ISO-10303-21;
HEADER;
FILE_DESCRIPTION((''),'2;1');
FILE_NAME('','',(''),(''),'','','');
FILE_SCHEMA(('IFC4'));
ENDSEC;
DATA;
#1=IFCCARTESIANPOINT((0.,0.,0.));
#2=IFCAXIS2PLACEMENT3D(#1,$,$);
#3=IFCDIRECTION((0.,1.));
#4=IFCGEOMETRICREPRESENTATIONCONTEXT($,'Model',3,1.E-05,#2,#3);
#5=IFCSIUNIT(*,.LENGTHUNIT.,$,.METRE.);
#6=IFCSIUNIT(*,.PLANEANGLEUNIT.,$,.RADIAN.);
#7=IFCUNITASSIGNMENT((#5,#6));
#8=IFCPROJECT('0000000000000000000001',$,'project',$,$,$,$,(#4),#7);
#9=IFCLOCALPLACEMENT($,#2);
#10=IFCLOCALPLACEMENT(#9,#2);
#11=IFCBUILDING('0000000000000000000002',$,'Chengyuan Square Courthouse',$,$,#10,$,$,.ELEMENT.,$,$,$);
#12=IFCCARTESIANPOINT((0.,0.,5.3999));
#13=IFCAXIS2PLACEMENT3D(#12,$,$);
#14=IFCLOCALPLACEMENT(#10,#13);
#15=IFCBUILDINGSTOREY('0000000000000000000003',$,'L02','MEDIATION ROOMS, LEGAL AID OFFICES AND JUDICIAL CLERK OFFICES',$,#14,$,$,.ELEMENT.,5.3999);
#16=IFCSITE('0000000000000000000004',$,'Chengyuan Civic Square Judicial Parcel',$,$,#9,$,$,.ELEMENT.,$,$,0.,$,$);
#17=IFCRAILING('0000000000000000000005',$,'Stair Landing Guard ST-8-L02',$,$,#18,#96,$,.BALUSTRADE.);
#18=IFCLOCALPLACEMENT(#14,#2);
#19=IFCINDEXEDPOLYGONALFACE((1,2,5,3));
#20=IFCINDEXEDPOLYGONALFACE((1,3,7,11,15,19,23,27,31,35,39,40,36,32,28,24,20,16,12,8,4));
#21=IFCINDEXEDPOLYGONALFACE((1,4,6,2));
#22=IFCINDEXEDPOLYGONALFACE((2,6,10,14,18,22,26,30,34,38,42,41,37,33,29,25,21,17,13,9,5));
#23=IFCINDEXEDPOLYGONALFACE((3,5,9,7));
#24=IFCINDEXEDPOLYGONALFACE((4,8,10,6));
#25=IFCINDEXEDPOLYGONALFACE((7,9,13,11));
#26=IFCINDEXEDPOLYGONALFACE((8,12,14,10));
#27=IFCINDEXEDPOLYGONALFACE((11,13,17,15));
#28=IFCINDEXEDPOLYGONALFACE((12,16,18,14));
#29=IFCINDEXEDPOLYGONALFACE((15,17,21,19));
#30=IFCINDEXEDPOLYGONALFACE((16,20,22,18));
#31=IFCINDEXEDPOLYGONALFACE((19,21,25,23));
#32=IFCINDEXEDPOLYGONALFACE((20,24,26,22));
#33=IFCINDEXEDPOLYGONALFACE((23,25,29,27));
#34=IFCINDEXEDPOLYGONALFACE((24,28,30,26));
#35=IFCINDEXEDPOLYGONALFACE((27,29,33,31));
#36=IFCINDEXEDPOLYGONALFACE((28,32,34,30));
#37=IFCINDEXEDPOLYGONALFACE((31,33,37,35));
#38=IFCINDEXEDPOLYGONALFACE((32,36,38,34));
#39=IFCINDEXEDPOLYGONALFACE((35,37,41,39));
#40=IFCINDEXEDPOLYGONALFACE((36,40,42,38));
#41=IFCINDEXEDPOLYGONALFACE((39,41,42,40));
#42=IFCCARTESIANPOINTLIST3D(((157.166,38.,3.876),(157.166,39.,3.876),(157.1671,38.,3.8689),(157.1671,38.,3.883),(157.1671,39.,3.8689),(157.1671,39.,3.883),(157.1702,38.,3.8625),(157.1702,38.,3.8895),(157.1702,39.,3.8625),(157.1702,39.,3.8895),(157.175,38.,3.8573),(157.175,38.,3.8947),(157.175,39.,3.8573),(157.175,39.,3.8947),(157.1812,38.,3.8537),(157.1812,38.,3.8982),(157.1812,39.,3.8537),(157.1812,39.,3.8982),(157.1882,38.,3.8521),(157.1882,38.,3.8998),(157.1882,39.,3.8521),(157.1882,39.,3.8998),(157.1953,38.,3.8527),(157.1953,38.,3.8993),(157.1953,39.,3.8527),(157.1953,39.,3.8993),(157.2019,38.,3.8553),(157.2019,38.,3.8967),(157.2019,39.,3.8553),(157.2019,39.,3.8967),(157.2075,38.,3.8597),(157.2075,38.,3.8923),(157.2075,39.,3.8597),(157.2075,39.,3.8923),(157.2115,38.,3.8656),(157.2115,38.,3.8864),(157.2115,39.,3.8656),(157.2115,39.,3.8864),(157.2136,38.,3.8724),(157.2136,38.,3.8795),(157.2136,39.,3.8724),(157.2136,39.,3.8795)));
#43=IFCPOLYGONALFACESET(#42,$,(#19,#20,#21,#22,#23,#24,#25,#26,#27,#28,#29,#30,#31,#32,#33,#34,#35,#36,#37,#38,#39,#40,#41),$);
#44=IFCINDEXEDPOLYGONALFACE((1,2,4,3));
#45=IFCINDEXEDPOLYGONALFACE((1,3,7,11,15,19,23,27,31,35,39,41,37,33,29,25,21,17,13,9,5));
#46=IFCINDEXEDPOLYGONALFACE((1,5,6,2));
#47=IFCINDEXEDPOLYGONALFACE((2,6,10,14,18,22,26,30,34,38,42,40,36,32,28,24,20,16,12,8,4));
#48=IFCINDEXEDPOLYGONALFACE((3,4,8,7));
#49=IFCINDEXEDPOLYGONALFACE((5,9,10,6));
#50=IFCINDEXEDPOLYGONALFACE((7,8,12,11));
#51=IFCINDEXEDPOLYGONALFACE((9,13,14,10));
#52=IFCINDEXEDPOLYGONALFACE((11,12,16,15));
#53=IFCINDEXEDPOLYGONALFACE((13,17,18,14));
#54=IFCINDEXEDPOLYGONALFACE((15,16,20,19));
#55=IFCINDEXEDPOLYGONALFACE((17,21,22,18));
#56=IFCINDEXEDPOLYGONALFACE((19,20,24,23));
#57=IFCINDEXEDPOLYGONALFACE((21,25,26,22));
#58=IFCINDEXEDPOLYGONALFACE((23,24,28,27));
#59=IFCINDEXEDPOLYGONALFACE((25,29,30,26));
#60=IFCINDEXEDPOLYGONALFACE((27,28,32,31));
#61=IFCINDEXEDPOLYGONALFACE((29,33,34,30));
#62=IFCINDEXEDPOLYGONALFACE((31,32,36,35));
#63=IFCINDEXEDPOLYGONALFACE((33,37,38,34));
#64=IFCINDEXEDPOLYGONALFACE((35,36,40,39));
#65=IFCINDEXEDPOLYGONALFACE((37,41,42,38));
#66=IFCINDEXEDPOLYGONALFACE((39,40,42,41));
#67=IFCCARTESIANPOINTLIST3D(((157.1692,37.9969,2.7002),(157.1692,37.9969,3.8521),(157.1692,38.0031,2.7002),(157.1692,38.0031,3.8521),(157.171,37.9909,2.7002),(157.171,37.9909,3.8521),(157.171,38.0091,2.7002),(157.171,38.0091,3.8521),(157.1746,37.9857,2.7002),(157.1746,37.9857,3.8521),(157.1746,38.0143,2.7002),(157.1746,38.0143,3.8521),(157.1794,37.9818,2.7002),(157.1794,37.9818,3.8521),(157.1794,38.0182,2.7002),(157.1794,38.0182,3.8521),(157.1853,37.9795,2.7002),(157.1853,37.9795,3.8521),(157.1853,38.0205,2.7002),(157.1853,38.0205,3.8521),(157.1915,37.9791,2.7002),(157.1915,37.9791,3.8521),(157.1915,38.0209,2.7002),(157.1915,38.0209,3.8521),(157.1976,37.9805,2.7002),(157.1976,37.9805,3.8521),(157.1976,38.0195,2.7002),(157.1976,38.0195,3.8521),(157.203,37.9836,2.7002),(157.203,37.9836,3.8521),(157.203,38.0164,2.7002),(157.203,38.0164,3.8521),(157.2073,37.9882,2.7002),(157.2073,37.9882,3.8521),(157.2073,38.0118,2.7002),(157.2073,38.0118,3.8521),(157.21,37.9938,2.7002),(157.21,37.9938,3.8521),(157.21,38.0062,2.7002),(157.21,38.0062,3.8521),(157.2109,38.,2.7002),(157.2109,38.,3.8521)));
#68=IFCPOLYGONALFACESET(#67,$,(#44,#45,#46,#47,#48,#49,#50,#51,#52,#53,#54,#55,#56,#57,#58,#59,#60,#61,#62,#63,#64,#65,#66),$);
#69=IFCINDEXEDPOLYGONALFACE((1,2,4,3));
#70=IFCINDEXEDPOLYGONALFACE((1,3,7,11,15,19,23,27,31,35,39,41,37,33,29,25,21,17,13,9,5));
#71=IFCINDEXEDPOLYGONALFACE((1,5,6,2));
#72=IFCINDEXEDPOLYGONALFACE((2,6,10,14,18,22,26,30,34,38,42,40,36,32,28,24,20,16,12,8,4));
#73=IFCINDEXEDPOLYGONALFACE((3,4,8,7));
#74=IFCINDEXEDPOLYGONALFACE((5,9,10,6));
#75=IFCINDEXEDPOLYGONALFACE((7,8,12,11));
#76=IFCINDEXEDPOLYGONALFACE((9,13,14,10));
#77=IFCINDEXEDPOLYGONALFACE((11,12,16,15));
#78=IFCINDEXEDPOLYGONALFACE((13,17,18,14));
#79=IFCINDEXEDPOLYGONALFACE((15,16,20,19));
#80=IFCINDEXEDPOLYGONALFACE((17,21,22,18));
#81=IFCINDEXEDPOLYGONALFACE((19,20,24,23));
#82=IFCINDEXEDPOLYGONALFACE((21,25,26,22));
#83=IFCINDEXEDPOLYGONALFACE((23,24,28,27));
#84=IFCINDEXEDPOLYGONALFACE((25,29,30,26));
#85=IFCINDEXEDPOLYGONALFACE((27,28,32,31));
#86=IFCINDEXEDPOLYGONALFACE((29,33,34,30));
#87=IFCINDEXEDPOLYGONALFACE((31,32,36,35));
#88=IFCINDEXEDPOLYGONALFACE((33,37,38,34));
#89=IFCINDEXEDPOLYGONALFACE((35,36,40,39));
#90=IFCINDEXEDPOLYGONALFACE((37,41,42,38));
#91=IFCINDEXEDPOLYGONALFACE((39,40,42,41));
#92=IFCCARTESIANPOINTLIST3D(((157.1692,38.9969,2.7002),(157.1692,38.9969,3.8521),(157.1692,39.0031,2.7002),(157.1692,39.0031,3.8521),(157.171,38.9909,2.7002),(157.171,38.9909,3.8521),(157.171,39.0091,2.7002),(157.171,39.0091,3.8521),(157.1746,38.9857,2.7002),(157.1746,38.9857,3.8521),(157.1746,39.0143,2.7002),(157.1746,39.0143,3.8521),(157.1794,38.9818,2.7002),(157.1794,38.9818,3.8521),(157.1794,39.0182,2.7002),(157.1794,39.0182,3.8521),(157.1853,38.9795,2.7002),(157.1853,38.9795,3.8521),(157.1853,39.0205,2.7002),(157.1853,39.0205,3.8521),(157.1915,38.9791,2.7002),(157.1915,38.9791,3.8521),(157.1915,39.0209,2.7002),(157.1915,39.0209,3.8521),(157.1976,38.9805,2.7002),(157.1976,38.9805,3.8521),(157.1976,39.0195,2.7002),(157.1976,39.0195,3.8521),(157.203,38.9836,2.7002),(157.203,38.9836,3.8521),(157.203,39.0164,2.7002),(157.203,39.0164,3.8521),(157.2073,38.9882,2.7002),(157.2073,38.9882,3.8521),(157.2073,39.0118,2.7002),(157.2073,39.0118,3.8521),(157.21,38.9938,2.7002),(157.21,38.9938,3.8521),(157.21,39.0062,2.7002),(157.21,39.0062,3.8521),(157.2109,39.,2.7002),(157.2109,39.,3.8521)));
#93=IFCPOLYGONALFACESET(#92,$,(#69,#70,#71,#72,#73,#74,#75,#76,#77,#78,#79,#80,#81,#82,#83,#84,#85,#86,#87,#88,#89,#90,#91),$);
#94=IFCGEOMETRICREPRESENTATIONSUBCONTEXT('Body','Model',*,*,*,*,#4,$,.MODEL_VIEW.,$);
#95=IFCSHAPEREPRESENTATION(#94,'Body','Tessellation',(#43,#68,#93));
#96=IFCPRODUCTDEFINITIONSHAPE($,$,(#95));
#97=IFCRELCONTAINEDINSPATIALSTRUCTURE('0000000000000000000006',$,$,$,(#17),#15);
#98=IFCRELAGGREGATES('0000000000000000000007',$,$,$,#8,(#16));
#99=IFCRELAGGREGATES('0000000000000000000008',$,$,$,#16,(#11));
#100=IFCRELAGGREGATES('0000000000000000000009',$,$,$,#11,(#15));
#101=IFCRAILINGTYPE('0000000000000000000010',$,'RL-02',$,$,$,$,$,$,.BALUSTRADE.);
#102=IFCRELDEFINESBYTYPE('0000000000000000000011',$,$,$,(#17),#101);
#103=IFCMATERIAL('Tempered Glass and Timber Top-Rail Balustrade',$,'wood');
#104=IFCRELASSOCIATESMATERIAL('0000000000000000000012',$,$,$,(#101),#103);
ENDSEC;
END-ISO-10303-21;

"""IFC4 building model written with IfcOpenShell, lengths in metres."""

from ifc_helpers import new_model, si_unit, direction, frame, origin, origin_2d, place, context, subcontext, project, spatial, circle, extrude, material, type_object, element, save


model = new_model("IFC4")

# Units and contexts
model_context = context("Model", 3, precision=1e-05, world=origin(), true_north=direction((0.0, 1.0)))
body_context = subcontext(model_context, "Body", "Model", "MODEL_VIEW")
ifc_project = project(units=[si_unit("LENGTHUNIT", "METRE"), si_unit("PLANEANGLEUNIT", "RADIAN")], contexts=[model_context])

# Site, building, storey
site_placement = place(None, origin())
site = spatial("IfcSite", under=ifc_project, at=site_placement, Name="Chengyuan Civic Square Judicial Parcel", CompositionType="ELEMENT", RefElevation=0.0)
building_placement = place(site_placement, origin())
building = spatial("IfcBuilding", under=site, at=building_placement, Name="Chengyuan Square Courthouse", CompositionType="ELEMENT")
storey_placement = place(building_placement, frame((0.0, 0.0, 5.3999)))
storey = spatial("IfcBuildingStorey", under=building, at=storey_placement, Name="L02", Description="MEDIATION ROOMS, LEGAL AID OFFICES AND JUDICIAL CLERK OFFICES", CompositionType="ELEMENT", Elevation=5.3999)

# Railing
ifc_material_1 = material(Name="Tempered Glass and Timber Top-Rail Balustrade", Category="wood")
railing_type_1 = type_object("IfcRailingType", Name="RL-02", PredefinedType="BALUSTRADE", material=ifc_material_1)
for number, where, name in (
    (1, (157.1899, 38.0, 2.7002), "Stair Landing Guard ST-8-L02"),
):
    element("IfcRailing", number, at=place(storey_placement, frame(where)), inside=storey, type_object=railing_type_1, Name=name, PredefinedType="BALUSTRADE", context=body_context, shape_type="SweptSolid", body=[
        extrude(circle(Radius=0.0239, at=origin_2d()), frame((0.0, 0.0, 1.1758), z_axis=(0.0, 1.0, 0.0), x_axis=(-1.0, 0.0, 0.0)), (0.0, 0.0, 1.0), 1.0),
        extrude(circle(Radius=0.021, at=origin_2d()), origin(), (0.0, 0.0, 1.0), 1.1519),
        extrude(circle(Radius=0.021, at=origin_2d()), frame((0.0, 1.0, 0.0)), (0.0, 0.0, 1.0), 1.1519),
    ])

save(model, "model.ifc")
